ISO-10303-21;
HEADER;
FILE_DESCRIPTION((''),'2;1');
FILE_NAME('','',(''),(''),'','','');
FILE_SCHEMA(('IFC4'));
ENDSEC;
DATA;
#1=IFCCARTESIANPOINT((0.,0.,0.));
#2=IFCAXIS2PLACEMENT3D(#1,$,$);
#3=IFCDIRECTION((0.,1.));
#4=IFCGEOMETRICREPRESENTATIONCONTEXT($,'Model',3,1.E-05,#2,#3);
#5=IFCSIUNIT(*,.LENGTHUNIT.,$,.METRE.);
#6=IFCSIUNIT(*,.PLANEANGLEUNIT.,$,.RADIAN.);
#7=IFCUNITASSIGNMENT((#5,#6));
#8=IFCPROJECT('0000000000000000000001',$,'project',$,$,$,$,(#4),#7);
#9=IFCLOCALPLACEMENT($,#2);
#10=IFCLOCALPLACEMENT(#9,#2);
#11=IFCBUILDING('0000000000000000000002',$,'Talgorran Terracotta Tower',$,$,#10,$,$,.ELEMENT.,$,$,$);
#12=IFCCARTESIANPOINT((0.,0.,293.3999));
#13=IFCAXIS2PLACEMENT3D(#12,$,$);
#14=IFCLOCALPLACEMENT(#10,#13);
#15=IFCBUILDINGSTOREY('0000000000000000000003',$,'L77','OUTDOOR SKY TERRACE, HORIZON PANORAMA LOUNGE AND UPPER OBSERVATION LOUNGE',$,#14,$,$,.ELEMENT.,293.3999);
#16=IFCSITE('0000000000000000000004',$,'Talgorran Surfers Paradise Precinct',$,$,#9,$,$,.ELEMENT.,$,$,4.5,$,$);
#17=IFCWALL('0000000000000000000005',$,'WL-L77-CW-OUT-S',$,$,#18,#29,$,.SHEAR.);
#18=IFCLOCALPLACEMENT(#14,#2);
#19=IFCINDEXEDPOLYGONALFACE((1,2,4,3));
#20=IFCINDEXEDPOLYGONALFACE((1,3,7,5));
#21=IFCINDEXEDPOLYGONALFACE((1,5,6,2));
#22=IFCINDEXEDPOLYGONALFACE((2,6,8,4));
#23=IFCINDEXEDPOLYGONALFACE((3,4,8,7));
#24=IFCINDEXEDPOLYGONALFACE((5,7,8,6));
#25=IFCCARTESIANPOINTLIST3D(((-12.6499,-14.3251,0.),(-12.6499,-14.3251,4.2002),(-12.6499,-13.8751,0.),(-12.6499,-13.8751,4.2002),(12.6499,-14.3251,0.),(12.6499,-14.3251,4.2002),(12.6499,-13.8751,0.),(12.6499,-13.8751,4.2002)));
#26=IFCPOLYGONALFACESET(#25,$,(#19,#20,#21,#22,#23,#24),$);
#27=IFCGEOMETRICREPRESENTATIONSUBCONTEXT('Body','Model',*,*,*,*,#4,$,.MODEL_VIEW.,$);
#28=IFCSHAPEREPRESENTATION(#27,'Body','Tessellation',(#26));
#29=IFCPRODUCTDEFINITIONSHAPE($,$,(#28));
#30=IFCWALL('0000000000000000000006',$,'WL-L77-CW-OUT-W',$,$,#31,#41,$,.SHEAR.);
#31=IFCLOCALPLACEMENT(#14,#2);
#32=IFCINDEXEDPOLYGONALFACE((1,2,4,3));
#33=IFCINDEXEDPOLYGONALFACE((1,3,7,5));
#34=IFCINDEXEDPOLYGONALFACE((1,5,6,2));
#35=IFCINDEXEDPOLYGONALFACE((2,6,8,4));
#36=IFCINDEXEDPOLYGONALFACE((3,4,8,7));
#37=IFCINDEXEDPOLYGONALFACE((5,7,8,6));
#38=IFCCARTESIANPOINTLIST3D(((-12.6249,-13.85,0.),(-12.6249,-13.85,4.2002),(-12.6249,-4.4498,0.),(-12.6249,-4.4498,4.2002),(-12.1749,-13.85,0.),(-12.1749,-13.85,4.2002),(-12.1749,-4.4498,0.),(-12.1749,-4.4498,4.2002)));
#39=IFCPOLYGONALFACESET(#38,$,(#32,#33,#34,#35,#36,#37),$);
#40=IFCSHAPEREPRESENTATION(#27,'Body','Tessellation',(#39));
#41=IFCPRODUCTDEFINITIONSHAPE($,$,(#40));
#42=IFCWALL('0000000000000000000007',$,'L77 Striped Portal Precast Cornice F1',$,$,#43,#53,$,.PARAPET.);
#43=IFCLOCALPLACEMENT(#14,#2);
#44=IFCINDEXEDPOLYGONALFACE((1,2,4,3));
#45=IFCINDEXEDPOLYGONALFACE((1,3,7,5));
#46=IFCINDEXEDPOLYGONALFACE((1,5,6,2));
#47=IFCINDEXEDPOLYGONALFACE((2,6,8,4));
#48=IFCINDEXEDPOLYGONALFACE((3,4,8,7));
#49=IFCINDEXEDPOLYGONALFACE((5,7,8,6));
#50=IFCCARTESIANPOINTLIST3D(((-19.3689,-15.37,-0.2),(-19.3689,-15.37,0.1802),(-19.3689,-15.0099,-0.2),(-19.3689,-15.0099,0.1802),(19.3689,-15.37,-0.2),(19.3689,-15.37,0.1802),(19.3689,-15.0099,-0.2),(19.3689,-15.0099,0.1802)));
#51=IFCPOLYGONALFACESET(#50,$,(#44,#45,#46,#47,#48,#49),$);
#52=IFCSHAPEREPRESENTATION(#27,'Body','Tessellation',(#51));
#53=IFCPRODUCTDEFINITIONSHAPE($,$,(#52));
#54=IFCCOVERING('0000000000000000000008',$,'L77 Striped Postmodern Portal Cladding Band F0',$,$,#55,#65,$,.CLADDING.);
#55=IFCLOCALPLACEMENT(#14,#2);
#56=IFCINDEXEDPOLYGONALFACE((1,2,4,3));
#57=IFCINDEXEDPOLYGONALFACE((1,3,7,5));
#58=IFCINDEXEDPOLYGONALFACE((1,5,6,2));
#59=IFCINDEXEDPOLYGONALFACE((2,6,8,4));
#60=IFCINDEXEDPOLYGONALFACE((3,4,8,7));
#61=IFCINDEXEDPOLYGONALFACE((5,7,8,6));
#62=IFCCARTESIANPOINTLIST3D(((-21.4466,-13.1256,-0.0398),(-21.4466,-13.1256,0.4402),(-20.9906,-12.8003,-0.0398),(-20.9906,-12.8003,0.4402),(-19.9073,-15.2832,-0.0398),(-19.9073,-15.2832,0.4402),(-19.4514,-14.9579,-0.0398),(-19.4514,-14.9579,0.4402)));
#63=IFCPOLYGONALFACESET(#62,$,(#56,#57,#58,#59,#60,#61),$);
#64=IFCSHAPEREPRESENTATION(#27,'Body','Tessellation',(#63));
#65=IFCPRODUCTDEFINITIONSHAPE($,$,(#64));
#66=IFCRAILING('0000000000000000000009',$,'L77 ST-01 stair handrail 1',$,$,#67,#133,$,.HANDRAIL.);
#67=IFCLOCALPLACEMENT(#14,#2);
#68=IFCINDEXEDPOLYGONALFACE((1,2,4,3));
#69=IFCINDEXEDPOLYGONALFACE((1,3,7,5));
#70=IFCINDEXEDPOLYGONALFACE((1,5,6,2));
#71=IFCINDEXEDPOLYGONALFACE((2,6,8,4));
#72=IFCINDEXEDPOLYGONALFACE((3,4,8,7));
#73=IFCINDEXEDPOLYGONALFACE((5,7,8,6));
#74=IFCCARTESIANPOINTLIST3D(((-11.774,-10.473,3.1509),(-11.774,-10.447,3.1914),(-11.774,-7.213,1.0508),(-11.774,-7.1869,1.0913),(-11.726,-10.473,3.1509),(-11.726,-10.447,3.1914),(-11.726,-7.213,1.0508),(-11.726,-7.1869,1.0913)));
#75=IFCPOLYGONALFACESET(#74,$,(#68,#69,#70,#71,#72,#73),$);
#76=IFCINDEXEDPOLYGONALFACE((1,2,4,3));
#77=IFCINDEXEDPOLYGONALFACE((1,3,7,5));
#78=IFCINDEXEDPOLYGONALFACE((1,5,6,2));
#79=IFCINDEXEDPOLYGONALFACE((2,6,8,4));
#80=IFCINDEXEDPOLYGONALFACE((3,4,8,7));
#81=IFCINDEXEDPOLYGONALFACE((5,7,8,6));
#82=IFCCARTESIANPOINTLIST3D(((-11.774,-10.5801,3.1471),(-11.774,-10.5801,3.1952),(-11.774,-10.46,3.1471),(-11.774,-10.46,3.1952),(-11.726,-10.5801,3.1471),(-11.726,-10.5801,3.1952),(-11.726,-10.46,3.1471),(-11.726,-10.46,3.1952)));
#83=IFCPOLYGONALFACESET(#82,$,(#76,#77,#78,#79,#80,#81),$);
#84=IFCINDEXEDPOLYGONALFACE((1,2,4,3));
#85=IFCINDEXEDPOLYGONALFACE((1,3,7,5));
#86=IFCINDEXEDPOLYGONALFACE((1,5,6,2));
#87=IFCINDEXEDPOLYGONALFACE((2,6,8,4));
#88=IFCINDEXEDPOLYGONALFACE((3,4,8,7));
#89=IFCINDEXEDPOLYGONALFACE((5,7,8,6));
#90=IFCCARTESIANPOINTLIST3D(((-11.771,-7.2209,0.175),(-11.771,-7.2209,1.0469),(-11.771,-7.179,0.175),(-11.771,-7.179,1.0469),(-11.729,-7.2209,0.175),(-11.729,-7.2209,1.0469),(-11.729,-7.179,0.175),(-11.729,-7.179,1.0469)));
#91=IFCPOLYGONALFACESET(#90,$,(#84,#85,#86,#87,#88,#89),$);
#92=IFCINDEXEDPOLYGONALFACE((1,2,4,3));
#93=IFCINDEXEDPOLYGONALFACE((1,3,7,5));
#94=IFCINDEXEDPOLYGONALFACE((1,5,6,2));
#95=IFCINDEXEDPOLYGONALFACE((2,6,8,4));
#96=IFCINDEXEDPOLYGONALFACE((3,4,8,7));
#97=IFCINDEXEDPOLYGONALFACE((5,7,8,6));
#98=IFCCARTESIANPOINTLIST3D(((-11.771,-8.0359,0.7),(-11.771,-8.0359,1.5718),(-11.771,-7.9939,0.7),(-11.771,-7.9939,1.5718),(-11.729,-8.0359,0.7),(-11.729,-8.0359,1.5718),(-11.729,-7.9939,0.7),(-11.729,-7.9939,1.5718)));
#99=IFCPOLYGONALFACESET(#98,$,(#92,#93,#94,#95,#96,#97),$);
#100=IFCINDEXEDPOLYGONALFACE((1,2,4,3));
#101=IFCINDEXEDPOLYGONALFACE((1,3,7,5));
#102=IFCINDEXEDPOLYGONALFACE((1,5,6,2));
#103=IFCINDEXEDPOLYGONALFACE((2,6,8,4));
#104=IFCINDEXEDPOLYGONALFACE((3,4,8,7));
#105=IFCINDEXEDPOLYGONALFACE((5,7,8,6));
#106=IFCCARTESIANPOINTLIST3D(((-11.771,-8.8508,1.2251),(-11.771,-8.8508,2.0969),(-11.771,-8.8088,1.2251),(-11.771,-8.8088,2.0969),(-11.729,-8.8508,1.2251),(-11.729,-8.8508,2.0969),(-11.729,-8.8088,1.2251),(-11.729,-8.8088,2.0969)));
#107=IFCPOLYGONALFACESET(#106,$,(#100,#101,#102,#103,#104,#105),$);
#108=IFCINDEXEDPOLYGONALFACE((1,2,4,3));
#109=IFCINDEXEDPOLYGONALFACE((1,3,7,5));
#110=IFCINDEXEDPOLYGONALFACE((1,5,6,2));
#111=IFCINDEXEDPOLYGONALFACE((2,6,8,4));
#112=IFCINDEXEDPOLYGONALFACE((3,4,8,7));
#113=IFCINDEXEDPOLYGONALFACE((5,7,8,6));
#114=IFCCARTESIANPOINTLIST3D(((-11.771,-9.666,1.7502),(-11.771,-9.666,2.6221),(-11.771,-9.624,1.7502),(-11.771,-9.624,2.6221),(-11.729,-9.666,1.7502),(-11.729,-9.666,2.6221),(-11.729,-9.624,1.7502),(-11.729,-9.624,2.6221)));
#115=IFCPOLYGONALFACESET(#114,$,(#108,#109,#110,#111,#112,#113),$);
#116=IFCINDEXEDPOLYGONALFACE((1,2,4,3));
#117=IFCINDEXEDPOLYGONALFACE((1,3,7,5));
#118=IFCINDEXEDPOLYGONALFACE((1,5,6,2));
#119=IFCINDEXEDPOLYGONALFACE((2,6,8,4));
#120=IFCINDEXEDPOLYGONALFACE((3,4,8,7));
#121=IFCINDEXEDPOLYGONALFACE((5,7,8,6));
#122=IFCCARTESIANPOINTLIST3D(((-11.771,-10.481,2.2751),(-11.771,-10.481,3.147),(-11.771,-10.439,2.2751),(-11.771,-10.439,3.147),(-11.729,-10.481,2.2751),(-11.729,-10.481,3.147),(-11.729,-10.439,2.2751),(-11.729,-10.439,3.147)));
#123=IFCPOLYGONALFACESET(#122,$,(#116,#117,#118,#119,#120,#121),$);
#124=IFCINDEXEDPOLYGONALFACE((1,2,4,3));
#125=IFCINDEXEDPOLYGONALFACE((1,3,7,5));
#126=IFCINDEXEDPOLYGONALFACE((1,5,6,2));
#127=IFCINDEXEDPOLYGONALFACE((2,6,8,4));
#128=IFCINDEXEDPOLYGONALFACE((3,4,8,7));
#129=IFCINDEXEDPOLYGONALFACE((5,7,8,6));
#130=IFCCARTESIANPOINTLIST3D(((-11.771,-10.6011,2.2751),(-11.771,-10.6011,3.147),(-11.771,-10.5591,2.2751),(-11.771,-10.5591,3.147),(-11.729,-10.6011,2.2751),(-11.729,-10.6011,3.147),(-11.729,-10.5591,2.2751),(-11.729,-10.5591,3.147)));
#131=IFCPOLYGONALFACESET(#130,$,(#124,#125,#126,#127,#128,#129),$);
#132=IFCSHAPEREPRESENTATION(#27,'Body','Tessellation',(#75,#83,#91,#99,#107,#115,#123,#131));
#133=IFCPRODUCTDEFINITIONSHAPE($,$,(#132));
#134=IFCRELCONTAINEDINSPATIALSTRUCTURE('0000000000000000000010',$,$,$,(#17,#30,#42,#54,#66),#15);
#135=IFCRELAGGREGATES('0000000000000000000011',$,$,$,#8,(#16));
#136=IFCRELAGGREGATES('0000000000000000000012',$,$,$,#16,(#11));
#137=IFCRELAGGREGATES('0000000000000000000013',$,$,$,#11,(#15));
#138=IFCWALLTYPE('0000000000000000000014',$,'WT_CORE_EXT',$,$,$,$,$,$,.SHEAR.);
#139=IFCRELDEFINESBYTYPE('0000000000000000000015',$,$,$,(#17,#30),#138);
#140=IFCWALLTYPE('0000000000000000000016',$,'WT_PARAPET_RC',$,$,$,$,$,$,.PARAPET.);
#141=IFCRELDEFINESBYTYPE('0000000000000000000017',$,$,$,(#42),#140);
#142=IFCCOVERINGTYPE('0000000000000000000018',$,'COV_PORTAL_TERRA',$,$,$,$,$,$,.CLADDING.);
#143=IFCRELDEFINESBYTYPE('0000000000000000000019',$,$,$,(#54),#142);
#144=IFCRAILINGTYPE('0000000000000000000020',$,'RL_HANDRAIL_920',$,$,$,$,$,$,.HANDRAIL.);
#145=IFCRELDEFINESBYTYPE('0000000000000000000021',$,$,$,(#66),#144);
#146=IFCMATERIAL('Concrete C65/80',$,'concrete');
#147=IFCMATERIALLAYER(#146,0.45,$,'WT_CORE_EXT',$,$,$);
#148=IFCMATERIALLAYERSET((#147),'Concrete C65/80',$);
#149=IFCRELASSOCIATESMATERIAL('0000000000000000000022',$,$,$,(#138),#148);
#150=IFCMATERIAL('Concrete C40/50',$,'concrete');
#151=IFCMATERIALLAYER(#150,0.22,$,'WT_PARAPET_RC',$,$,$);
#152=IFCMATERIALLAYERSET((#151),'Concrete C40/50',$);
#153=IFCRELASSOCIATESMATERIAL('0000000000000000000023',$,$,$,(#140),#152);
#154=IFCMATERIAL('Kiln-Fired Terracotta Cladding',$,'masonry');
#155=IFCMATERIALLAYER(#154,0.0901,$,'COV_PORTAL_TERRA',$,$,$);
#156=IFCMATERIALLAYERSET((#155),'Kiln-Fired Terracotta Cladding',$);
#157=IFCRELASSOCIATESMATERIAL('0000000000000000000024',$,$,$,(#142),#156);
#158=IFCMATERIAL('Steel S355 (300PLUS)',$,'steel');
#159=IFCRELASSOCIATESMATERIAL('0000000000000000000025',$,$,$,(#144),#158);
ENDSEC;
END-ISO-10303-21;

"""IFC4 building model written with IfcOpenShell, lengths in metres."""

from ifc_helpers import new_model, si_unit, direction, frame, frame_2d, origin, origin_2d, place, context, subcontext, project, spatial, rectangle, extrude, material, layer, layer_set, type_object, element, save


model = new_model("IFC4")

# Units and contexts
model_context = context("Model", 3, precision=1e-05, world=origin(), true_north=direction((0.0, 1.0)))
body_context = subcontext(model_context, "Body", "Model", "MODEL_VIEW")
ifc_project = project(units=[si_unit("LENGTHUNIT", "METRE"), si_unit("PLANEANGLEUNIT", "RADIAN")], contexts=[model_context])

# Site, building, storey
site_placement = place(None, origin())
site = spatial("IfcSite", under=ifc_project, at=site_placement, Name="Talgorran Surfers Paradise Precinct", CompositionType="ELEMENT", RefElevation=4.5)
building_placement = place(site_placement, origin())
building = spatial("IfcBuilding", under=site, at=building_placement, Name="Talgorran Terracotta Tower", CompositionType="ELEMENT")
storey_placement = place(building_placement, frame((0.0, 0.0, 293.3999)))
storey = spatial("IfcBuildingStorey", under=building, at=storey_placement, Name="L77", Description="OUTDOOR SKY TERRACE, HORIZON PANORAMA LOUNGE AND UPPER OBSERVATION LOUNGE", CompositionType="ELEMENT", Elevation=293.3999)

# Shared definitions
ifc_material_1 = material(Name="Steel S355 (300PLUS)", Category="steel")

# Walls
ifc_material_2 = material(Name="Concrete C65/80", Category="concrete")
ifc_layer_1 = layer(ifc_material_2, 0.45, Name="WT_CORE_EXT")
ifc_layer_set_1 = layer_set([ifc_layer_1], Name="Concrete C65/80")
wall_type_1 = type_object("IfcWallType", Name="WT_CORE_EXT", PredefinedType="SHEAR", material=ifc_layer_set_1)
wall_1_placement = place(storey_placement, frame((-12.6499, -14.1001, 0.0), z_axis=(0.0, 0.0, 1.0), x_axis=(1.0, 0.0, 0.0)))
element("IfcWall", 1, at=wall_1_placement, inside=storey, type_object=wall_type_1, Name="WL-L77-CW-OUT-S", PredefinedType="SHEAR", context=body_context, shape_type="SweptSolid", body=[
    extrude(rectangle(XDim=25.2998, YDim=0.45, at=frame_2d((12.6499, 0.0))), origin(), (0.0, 0.0, 1.0), 4.2002),
])
wall_2_placement = place(storey_placement, frame((-12.3999, -13.8501, 0.0), z_axis=(0.0, 0.0, 1.0), x_axis=(0.0, 1.0, 0.0)))
element("IfcWall", 2, at=wall_2_placement, inside=storey, type_object=wall_type_1, Name="WL-L77-CW-OUT-W", PredefinedType="SHEAR", context=body_context, shape_type="SweptSolid", body=[
    extrude(rectangle(XDim=9.4001, YDim=0.45, at=frame_2d((4.7002, 0.0))), origin(), (0.0, 0.0, 1.0), 4.2002),
])
ifc_material_3 = material(Name="Concrete C40/50", Category="concrete")
ifc_layer_2 = layer(ifc_material_3, 0.22, Name="WT_PARAPET_RC")
ifc_layer_set_2 = layer_set([ifc_layer_2], Name="Concrete C40/50")
wall_type_2 = type_object("IfcWallType", Name="WT_PARAPET_RC", PredefinedType="PARAPET", material=ifc_layer_set_2)
wall_3_placement = place(storey_placement, frame((-19.3689, -15.1899, -0.2), z_axis=(0.0, 0.0, 1.0), x_axis=(1.0, 0.0, 0.0)))
element("IfcWall", 3, at=wall_3_placement, inside=storey, type_object=wall_type_2, Name="L77 Striped Portal Precast Cornice F1", PredefinedType="PARAPET", context=body_context, shape_type="SweptSolid", body=[
    extrude(rectangle(XDim=38.7378, YDim=0.3601, at=frame_2d((19.3689, 0.0))), origin(), (0.0, 0.0, 1.0), 0.3801),
])

# Covering
ifc_material_4 = material(Name="Kiln-Fired Terracotta Cladding", Category="masonry")
ifc_layer_3 = layer(ifc_material_4, 0.0901, Name="COV_PORTAL_TERRA")
ifc_layer_set_3 = layer_set([ifc_layer_3], Name="Kiln-Fired Terracotta Cladding")
covering_type = type_object("IfcCoveringType", Name="COV_PORTAL_TERRA", PredefinedType="CLADDING", material=ifc_layer_set_3)
covering_placement = place(storey_placement, frame((-20.449, -14.0417, -0.0398), z_axis=(0.0, 0.0, 1.0), x_axis=(0.58076, -0.814075, 0.0)))
element("IfcCovering", 4, at=covering_placement, inside=storey, type_object=covering_type, Name="L77 Striped Postmodern Portal Cladding Band F0", PredefinedType="CLADDING", context=body_context, shape_type="SweptSolid", body=[
    extrude(rectangle(XDim=2.6504, YDim=0.5601, at=origin_2d()), origin(), (0.0, 0.0, 1.0), 0.48),
])

# Railing
railing_type = type_object("IfcRailingType", Name="RL_HANDRAIL_920", PredefinedType="HANDRAIL", material=ifc_material_1)
railing_placement = place(storey_placement, frame((-11.75, -7.2, 0.175)))
element("IfcRailing", 5, at=railing_placement, inside=storey, type_object=railing_type, Name="L77 ST-01 stair handrail 1", PredefinedType="HANDRAIL", context=body_context, shape_type="SweptSolid", body=[
    extrude(rectangle(XDim=0.0481, YDim=0.0481, at=origin_2d()), frame((0.0, 0.0, 0.896), z_axis=(0.0, -0.840665, 0.541556), x_axis=(1.0, 0.0, 0.0)), (0.0, 0.0, 1.0), 3.8779),
    extrude(rectangle(XDim=0.0481, YDim=0.0481, at=origin_2d()), frame((0.0, -3.26, 2.9961), z_axis=(0.0, -1.0, 0.0), x_axis=(1.0, 0.0, 0.0)), (0.0, 0.0, 1.0), 0.1201),
    extrude(rectangle(XDim=0.042, YDim=0.042, at=origin_2d()), origin(), (0.0, 0.0, 1.0), 0.8718),
    extrude(rectangle(XDim=0.042, YDim=0.042, at=origin_2d()), frame((0.0, -0.8149, 0.5249)), (0.0, 0.0, 1.0), 0.8718),
    extrude(rectangle(XDim=0.042, YDim=0.042, at=origin_2d()), frame((0.0, -1.6299, 1.05)), (0.0, 0.0, 1.0), 0.8718),
    extrude(rectangle(XDim=0.042, YDim=0.042, at=origin_2d()), frame((0.0, -2.4451, 1.5752)), (0.0, 0.0, 1.0), 0.8718),
    extrude(rectangle(XDim=0.042, YDim=0.042, at=origin_2d()), frame((0.0, -3.26, 2.1001)), (0.0, 0.0, 1.0), 0.8718),
    extrude(rectangle(XDim=0.042, YDim=0.042, at=origin_2d()), frame((0.0, -3.3801, 2.1001)), (0.0, 0.0, 1.0), 0.8718),
])

save(model, "model.ifc")
